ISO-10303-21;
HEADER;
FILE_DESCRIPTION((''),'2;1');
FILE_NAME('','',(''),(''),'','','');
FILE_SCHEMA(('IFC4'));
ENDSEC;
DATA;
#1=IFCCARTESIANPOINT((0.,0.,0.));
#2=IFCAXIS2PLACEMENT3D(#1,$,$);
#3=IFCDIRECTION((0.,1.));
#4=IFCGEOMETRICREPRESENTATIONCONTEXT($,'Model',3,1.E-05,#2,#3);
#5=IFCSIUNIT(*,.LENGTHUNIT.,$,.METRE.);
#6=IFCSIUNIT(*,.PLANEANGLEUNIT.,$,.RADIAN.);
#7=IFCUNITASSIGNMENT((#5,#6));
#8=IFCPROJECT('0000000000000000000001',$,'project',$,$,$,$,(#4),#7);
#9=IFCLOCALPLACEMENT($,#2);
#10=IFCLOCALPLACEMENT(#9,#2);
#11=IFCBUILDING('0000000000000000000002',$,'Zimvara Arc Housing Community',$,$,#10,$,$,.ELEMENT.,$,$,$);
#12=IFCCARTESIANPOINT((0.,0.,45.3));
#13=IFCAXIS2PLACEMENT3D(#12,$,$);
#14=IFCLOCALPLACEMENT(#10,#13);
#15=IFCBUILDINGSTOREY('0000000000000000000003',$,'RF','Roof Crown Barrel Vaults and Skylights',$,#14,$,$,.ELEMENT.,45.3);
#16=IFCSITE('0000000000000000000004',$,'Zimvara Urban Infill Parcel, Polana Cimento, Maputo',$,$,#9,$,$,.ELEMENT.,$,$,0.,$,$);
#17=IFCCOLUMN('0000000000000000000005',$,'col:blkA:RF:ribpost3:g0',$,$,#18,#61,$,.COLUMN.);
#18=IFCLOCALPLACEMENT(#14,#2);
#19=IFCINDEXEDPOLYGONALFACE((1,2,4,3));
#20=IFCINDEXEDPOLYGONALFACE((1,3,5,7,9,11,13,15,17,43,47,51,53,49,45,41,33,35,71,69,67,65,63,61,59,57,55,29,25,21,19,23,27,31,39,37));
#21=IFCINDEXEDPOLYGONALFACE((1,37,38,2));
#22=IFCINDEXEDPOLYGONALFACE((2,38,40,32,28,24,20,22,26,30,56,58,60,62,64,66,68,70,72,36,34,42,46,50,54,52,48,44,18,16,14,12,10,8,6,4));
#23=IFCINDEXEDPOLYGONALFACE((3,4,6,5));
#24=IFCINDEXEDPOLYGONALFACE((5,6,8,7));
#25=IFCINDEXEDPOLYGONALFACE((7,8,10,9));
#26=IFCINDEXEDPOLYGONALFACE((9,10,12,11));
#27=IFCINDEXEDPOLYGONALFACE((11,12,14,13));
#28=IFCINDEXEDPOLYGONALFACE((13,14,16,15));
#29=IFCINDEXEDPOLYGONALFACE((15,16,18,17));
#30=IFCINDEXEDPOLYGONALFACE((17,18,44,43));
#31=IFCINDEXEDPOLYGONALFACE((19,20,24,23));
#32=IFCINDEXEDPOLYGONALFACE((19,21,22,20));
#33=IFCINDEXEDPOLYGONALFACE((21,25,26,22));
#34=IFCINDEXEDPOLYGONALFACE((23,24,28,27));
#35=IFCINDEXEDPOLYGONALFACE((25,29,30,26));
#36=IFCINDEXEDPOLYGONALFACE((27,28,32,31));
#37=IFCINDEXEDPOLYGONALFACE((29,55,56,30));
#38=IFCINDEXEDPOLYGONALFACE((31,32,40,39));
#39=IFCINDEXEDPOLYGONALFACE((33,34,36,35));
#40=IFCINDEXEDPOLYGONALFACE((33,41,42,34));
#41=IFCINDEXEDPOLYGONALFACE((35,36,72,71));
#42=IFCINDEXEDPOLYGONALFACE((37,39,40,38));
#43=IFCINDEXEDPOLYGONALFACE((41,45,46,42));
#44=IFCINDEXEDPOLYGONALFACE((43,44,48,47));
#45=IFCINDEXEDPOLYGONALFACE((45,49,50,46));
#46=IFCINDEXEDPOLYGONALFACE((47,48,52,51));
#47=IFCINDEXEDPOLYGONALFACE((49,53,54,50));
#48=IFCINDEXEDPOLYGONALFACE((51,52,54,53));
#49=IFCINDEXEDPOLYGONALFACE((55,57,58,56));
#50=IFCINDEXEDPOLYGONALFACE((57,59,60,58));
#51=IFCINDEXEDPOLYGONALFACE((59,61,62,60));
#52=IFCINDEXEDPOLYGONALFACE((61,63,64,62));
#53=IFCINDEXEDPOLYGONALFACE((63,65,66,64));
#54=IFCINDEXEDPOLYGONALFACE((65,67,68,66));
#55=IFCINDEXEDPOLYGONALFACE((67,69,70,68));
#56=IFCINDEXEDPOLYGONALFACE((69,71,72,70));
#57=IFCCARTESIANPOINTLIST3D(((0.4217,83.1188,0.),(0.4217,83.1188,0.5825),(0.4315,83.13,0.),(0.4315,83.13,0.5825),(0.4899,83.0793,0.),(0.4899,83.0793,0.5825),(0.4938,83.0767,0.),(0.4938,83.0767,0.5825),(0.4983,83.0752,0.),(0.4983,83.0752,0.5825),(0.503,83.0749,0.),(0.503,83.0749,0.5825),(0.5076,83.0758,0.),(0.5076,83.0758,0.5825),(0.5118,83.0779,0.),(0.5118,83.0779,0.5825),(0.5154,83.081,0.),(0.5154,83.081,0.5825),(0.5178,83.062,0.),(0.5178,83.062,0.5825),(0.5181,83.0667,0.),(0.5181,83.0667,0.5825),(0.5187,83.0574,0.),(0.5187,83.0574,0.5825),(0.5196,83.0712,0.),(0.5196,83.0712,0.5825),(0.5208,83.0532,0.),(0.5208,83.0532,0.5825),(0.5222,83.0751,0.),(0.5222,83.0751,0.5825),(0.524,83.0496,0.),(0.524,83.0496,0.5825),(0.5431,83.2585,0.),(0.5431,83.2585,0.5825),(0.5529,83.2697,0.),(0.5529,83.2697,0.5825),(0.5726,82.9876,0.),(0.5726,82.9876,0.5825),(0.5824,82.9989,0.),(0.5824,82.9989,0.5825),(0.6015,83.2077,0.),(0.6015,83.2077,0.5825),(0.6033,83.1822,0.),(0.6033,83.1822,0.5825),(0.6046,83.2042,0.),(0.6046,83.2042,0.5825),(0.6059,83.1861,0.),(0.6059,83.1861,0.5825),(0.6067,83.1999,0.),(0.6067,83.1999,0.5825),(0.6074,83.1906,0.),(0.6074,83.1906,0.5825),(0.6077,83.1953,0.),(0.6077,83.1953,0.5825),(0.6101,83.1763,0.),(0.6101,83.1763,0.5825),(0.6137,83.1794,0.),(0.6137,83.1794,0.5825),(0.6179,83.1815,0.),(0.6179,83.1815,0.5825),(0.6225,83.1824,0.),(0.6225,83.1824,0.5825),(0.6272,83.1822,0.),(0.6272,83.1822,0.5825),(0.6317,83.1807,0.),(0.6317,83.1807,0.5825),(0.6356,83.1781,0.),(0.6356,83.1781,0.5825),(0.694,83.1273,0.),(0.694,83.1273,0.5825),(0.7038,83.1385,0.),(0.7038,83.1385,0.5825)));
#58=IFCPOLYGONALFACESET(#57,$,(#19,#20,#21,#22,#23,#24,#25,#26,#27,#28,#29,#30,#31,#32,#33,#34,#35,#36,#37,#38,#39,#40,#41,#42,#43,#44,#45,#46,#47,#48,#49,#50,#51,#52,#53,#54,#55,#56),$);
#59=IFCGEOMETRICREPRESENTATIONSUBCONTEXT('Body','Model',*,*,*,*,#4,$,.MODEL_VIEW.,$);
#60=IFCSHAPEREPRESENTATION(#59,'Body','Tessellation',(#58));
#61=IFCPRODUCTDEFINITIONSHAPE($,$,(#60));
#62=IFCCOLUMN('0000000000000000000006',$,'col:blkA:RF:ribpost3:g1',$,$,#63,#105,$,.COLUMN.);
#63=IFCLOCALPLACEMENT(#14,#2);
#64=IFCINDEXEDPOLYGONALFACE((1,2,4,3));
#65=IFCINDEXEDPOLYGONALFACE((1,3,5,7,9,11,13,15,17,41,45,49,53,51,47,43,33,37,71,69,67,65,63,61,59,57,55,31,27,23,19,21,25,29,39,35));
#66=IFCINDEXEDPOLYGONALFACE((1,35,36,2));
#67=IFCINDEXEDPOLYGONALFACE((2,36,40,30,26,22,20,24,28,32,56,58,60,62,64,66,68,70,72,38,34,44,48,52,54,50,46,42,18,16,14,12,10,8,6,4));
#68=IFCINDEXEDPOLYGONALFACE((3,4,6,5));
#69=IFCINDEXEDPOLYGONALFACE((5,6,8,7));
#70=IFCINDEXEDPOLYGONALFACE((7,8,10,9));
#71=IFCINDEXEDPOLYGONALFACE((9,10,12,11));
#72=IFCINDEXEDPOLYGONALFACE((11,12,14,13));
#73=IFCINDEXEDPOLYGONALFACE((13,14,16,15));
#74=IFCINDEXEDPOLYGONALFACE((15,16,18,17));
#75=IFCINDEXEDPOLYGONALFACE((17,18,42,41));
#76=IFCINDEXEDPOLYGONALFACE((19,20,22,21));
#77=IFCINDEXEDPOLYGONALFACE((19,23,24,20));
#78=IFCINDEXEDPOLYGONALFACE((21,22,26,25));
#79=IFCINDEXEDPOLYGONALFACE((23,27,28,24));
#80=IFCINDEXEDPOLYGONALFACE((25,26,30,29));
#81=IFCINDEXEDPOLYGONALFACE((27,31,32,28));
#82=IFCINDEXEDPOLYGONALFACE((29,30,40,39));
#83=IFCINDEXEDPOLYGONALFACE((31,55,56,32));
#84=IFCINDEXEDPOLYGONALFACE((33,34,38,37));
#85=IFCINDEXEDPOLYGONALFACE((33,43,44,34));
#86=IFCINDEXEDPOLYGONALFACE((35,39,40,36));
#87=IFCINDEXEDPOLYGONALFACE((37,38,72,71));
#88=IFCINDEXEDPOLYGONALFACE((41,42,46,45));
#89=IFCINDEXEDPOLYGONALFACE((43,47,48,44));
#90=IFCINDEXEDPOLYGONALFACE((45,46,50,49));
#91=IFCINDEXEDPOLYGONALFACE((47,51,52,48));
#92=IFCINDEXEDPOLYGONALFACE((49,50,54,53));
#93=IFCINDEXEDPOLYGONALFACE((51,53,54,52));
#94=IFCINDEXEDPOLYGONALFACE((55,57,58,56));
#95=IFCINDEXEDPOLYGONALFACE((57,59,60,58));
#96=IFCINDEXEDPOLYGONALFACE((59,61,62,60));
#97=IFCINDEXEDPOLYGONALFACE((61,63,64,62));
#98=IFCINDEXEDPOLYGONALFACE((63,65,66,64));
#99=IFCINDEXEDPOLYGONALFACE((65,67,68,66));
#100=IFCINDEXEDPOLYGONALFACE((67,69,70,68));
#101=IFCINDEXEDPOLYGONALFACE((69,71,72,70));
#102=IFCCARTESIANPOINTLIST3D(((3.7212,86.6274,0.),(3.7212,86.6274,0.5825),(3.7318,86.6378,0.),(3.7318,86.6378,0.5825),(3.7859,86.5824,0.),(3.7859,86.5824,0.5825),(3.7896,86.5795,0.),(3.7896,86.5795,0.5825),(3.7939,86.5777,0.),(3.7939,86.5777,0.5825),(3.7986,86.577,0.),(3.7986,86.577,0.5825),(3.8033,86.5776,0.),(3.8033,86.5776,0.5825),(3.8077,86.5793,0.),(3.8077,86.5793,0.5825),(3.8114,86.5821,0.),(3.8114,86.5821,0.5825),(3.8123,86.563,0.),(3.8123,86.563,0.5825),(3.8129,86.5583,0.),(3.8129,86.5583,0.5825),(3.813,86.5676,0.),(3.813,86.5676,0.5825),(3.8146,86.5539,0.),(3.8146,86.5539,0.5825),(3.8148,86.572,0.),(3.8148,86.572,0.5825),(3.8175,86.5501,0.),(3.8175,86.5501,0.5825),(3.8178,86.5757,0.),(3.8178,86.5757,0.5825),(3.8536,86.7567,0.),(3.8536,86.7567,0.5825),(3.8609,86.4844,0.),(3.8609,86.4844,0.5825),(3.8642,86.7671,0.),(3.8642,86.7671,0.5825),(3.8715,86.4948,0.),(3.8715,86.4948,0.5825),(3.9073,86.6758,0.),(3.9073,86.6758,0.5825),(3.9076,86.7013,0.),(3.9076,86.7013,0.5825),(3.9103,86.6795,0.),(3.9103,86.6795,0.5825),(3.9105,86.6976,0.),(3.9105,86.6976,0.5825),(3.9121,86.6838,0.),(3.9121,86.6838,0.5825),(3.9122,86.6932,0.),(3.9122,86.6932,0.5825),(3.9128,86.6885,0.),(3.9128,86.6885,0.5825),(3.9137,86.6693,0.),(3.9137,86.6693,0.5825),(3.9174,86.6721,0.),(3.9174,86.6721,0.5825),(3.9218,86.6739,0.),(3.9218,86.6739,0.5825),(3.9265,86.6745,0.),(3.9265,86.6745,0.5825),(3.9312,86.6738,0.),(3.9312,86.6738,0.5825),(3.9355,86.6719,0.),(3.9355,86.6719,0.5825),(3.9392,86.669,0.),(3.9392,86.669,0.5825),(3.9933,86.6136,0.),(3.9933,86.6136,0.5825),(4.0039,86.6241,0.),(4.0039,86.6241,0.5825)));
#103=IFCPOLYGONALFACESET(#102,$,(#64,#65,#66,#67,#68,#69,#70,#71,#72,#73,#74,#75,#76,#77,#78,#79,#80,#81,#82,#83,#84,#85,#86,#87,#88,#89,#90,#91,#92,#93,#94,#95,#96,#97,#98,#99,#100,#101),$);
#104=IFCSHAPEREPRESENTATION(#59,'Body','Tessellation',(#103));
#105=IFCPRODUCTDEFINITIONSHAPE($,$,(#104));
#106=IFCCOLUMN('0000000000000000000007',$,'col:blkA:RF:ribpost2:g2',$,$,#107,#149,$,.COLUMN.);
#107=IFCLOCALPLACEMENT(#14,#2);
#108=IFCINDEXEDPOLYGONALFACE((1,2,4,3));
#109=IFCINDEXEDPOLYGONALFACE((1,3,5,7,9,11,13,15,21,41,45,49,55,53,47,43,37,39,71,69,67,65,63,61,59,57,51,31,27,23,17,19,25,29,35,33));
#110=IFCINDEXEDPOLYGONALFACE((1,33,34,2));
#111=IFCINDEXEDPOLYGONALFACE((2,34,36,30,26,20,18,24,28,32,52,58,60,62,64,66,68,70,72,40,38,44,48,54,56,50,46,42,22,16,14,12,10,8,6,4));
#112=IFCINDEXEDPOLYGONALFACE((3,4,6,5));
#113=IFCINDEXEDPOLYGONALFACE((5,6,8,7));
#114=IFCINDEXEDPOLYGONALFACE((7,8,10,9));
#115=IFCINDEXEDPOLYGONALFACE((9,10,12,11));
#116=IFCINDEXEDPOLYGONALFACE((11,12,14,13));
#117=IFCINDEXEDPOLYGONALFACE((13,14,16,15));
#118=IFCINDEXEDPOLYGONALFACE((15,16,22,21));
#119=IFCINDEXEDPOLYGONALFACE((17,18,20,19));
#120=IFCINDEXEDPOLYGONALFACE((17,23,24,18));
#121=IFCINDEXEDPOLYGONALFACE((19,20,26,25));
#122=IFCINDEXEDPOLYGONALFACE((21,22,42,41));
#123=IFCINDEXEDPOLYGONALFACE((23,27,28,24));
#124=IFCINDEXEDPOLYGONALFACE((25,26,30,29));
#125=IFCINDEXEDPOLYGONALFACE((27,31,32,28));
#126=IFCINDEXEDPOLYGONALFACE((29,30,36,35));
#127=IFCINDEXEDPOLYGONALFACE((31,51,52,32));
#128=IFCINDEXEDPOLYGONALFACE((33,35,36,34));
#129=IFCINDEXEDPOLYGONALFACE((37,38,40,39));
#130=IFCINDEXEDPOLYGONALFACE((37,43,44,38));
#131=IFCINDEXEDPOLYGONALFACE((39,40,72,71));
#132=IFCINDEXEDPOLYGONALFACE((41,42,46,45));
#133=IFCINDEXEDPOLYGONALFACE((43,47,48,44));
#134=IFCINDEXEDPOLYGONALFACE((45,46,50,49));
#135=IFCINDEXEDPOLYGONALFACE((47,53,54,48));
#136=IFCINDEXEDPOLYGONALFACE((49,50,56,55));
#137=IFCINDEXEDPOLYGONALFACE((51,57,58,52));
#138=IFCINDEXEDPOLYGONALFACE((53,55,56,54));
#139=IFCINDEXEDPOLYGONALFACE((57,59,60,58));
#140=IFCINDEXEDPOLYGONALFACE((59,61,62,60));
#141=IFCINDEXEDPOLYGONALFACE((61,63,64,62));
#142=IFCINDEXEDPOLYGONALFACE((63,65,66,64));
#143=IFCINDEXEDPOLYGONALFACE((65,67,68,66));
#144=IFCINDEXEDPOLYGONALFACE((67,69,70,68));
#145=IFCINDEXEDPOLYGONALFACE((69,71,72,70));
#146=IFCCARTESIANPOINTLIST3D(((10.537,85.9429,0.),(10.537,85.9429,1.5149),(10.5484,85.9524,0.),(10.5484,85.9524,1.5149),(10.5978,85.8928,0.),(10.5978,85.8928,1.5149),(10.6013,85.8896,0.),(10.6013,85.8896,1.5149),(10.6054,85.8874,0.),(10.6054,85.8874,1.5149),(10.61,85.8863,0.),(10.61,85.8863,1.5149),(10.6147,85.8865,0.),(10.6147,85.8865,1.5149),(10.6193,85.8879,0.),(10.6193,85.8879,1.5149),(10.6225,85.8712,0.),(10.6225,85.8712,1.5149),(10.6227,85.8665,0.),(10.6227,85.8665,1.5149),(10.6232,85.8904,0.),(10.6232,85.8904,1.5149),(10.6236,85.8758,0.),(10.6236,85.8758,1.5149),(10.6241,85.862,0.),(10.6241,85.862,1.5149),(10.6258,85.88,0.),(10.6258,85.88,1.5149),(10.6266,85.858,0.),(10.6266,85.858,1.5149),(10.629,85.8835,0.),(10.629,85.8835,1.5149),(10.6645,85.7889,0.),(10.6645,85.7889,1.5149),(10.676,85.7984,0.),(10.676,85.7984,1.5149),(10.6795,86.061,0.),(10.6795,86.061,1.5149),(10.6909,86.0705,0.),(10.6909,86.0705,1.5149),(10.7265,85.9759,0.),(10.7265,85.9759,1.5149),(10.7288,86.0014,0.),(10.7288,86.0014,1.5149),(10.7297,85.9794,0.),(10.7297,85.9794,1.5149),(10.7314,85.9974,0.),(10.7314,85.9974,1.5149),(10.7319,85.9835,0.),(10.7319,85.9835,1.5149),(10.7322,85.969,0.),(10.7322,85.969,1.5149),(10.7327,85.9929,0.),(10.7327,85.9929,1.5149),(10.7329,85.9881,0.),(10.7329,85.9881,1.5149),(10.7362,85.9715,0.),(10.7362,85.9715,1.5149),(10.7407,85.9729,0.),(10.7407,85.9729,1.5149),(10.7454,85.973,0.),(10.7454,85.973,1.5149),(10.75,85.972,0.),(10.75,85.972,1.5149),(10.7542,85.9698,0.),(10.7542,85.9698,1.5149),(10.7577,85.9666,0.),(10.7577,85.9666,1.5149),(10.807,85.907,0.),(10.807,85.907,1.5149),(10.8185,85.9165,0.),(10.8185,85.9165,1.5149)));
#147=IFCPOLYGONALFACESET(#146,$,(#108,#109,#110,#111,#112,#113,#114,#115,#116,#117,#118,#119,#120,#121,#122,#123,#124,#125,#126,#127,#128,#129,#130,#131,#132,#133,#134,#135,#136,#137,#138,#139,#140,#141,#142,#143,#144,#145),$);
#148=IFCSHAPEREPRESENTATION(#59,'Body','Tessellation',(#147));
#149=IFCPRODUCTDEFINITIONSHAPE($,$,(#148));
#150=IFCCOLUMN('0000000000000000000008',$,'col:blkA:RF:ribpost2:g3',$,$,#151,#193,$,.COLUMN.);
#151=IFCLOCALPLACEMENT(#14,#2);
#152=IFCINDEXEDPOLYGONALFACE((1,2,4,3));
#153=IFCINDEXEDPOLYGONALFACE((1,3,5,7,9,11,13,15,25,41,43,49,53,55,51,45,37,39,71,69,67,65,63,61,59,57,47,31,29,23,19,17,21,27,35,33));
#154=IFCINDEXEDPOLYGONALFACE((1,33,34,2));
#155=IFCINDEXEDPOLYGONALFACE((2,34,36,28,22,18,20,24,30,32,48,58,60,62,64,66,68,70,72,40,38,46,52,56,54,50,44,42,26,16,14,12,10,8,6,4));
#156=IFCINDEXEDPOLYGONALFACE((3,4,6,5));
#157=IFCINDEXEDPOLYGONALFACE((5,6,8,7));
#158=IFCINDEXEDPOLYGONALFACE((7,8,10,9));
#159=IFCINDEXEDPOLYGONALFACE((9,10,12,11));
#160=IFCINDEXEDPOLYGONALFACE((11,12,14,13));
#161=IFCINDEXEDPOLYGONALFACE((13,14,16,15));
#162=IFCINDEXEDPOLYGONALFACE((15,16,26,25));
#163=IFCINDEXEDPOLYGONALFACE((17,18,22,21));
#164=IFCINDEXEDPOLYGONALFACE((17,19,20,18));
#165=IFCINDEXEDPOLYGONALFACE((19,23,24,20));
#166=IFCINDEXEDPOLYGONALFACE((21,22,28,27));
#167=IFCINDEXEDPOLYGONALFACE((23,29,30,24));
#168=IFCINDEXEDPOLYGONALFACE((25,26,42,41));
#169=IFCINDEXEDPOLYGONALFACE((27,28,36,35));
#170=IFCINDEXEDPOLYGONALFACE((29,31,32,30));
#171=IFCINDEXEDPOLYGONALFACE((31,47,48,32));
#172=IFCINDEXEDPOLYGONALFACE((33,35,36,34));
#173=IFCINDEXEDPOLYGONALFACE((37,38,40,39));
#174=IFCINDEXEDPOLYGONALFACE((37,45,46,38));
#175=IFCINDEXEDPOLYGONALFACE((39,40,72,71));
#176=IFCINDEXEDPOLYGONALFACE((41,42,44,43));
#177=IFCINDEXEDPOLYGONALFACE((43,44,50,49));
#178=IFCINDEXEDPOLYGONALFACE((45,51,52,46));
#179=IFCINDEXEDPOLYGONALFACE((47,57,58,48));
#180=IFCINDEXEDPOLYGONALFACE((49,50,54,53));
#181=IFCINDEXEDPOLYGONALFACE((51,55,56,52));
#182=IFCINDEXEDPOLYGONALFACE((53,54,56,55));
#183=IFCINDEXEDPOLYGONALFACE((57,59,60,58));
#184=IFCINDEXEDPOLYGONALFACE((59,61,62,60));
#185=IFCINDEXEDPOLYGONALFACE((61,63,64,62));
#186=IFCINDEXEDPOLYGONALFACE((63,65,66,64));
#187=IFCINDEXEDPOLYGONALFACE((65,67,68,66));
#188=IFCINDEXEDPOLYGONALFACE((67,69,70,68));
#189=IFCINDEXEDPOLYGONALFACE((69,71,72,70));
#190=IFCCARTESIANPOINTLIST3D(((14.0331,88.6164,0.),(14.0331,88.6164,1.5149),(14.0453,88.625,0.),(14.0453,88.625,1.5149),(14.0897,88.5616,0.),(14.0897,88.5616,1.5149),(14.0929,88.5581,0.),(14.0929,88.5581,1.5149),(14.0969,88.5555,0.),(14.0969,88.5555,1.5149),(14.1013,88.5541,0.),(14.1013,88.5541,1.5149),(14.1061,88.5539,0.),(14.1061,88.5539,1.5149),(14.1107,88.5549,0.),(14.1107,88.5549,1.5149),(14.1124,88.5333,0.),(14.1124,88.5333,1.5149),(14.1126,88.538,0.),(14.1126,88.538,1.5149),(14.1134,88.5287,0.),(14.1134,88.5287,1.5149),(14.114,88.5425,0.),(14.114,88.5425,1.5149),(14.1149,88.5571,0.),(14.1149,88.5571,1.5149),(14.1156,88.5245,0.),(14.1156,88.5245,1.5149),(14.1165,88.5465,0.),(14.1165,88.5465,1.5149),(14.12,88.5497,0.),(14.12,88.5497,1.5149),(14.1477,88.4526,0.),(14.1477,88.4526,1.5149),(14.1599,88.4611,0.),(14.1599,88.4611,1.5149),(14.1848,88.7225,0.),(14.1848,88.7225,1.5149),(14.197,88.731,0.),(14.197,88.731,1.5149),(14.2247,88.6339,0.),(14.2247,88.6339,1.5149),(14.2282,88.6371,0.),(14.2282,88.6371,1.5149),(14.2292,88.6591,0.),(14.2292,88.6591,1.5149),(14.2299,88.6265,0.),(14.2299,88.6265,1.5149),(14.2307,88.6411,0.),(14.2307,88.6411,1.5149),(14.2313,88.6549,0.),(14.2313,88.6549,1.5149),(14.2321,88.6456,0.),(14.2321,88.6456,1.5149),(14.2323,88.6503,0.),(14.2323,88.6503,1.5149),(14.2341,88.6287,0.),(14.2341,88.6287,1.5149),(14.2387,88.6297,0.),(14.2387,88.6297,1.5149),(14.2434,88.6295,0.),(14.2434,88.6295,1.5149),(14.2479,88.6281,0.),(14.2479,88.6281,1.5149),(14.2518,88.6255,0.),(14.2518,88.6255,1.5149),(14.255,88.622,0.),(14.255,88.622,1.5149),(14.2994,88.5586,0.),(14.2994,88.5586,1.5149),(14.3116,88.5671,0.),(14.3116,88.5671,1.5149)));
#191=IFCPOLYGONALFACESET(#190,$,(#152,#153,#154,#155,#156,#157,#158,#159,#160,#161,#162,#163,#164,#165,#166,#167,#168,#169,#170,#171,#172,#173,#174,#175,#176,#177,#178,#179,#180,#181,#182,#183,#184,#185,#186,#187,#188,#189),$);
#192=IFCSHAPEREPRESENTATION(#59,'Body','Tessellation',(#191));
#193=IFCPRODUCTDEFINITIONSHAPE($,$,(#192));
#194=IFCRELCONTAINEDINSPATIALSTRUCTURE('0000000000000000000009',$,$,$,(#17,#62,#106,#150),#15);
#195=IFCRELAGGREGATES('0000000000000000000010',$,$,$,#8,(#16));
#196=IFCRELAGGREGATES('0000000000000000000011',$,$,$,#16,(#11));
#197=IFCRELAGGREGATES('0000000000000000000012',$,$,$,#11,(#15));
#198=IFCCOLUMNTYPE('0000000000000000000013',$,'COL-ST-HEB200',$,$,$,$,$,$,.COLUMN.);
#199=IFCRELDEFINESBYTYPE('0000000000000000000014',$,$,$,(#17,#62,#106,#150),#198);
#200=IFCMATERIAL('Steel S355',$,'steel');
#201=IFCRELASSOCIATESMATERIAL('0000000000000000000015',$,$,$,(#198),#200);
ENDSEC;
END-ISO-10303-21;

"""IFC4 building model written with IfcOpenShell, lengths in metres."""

from ifc_helpers import new_model, si_unit, direction, frame, origin, origin_2d, place, context, subcontext, project, spatial, i_section, extrude, material, material_profile, profile_set, type_object, element, save


model = new_model("IFC4")

# Units and contexts
model_context = context("Model", 3, precision=1e-05, world=origin(), true_north=direction((0.0, 1.0)))
body_context = subcontext(model_context, "Body", "Model", "MODEL_VIEW")
ifc_project = project(units=[si_unit("LENGTHUNIT", "METRE"), si_unit("PLANEANGLEUNIT", "RADIAN")], contexts=[model_context])

# Site, building, storey
site_placement = place(None, origin())
site = spatial("IfcSite", under=ifc_project, at=site_placement, Name="Zimvara Urban Infill Parcel, Polana Cimento, Maputo", CompositionType="ELEMENT", RefElevation=0.0)
building_placement = place(site_placement, origin())
building = spatial("IfcBuilding", under=site, at=building_placement, Name="Zimvara Arc Housing Community", CompositionType="ELEMENT")
storey_placement = place(building_placement, frame((0.0, 0.0, 45.3)))
storey = spatial("IfcBuildingStorey", under=building, at=storey_placement, Name="RF", Description="Roof Crown Barrel Vaults and Skylights", CompositionType="ELEMENT", Elevation=45.3)

# Columns
ifc_material_1 = material(Name="Steel S355", Category="steel")
ifc_material_profile_1 = material_profile(ifc_material_1, i_section(OverallWidth=0.2, OverallDepth=0.2, WebThickness=0.009, FlangeThickness=0.0149, FilletRadius=0.0181, at=origin_2d()), Name="HEB 200")
ifc_profile_set_1 = profile_set([ifc_material_profile_1], Name="Steel S355")
column_type = type_object("IfcColumnType", Name="COL-ST-HEB200", PredefinedType="COLUMN", material=ifc_profile_set_1)
for number, where, z_axis, x_axis, name in (
    (1, (0.5627, 83.1287, 0.0), (0.0, 0.0, 1.0), (-0.75471, 0.656059, 0.0), "col:blkA:RF:ribpost3:g0"),
    (2, (3.8625, 86.6257, 0.0), (0.0, 0.0, 1.0), (-0.698665, 0.715449, 0.0), "col:blkA:RF:ribpost3:g1"),
):
    element("IfcColumn", number, at=place(storey_placement, frame(where, z_axis=z_axis, x_axis=x_axis)), inside=storey, type_object=column_type, Name=name, PredefinedType="COLUMN", context=body_context, shape_type="SweptSolid", body=[
        extrude(i_section(OverallWidth=0.2, OverallDepth=0.2, WebThickness=0.009, FlangeThickness=0.0149, FilletRadius=0.0181, at=origin_2d()), origin(), (0.0, 0.0, 1.0), 0.5825),
    ])
for number, where, z_axis, x_axis, name in (
    (3, (10.6777, 85.9297, 0.0), (0.0, 0.0, 1.0), (-0.637962, 0.770068, 0.0), "col:blkA:RF:ribpost2:g2"),
    (4, (14.1724, 88.5918, 0.0), (0.0, 0.0, 1.0), (-0.573004, 0.819552, 0.0), "col:blkA:RF:ribpost2:g3"),
):
    element("IfcColumn", number, at=place(storey_placement, frame(where, z_axis=z_axis, x_axis=x_axis)), inside=storey, type_object=column_type, Name=name, PredefinedType="COLUMN", context=body_context, shape_type="SweptSolid", body=[
        extrude(i_section(OverallWidth=0.2, OverallDepth=0.2, WebThickness=0.009, FlangeThickness=0.0149, FilletRadius=0.0181, at=origin_2d()), origin(), (0.0, 0.0, 1.0), 1.5149),
    ])

save(model, "model.ifc")
